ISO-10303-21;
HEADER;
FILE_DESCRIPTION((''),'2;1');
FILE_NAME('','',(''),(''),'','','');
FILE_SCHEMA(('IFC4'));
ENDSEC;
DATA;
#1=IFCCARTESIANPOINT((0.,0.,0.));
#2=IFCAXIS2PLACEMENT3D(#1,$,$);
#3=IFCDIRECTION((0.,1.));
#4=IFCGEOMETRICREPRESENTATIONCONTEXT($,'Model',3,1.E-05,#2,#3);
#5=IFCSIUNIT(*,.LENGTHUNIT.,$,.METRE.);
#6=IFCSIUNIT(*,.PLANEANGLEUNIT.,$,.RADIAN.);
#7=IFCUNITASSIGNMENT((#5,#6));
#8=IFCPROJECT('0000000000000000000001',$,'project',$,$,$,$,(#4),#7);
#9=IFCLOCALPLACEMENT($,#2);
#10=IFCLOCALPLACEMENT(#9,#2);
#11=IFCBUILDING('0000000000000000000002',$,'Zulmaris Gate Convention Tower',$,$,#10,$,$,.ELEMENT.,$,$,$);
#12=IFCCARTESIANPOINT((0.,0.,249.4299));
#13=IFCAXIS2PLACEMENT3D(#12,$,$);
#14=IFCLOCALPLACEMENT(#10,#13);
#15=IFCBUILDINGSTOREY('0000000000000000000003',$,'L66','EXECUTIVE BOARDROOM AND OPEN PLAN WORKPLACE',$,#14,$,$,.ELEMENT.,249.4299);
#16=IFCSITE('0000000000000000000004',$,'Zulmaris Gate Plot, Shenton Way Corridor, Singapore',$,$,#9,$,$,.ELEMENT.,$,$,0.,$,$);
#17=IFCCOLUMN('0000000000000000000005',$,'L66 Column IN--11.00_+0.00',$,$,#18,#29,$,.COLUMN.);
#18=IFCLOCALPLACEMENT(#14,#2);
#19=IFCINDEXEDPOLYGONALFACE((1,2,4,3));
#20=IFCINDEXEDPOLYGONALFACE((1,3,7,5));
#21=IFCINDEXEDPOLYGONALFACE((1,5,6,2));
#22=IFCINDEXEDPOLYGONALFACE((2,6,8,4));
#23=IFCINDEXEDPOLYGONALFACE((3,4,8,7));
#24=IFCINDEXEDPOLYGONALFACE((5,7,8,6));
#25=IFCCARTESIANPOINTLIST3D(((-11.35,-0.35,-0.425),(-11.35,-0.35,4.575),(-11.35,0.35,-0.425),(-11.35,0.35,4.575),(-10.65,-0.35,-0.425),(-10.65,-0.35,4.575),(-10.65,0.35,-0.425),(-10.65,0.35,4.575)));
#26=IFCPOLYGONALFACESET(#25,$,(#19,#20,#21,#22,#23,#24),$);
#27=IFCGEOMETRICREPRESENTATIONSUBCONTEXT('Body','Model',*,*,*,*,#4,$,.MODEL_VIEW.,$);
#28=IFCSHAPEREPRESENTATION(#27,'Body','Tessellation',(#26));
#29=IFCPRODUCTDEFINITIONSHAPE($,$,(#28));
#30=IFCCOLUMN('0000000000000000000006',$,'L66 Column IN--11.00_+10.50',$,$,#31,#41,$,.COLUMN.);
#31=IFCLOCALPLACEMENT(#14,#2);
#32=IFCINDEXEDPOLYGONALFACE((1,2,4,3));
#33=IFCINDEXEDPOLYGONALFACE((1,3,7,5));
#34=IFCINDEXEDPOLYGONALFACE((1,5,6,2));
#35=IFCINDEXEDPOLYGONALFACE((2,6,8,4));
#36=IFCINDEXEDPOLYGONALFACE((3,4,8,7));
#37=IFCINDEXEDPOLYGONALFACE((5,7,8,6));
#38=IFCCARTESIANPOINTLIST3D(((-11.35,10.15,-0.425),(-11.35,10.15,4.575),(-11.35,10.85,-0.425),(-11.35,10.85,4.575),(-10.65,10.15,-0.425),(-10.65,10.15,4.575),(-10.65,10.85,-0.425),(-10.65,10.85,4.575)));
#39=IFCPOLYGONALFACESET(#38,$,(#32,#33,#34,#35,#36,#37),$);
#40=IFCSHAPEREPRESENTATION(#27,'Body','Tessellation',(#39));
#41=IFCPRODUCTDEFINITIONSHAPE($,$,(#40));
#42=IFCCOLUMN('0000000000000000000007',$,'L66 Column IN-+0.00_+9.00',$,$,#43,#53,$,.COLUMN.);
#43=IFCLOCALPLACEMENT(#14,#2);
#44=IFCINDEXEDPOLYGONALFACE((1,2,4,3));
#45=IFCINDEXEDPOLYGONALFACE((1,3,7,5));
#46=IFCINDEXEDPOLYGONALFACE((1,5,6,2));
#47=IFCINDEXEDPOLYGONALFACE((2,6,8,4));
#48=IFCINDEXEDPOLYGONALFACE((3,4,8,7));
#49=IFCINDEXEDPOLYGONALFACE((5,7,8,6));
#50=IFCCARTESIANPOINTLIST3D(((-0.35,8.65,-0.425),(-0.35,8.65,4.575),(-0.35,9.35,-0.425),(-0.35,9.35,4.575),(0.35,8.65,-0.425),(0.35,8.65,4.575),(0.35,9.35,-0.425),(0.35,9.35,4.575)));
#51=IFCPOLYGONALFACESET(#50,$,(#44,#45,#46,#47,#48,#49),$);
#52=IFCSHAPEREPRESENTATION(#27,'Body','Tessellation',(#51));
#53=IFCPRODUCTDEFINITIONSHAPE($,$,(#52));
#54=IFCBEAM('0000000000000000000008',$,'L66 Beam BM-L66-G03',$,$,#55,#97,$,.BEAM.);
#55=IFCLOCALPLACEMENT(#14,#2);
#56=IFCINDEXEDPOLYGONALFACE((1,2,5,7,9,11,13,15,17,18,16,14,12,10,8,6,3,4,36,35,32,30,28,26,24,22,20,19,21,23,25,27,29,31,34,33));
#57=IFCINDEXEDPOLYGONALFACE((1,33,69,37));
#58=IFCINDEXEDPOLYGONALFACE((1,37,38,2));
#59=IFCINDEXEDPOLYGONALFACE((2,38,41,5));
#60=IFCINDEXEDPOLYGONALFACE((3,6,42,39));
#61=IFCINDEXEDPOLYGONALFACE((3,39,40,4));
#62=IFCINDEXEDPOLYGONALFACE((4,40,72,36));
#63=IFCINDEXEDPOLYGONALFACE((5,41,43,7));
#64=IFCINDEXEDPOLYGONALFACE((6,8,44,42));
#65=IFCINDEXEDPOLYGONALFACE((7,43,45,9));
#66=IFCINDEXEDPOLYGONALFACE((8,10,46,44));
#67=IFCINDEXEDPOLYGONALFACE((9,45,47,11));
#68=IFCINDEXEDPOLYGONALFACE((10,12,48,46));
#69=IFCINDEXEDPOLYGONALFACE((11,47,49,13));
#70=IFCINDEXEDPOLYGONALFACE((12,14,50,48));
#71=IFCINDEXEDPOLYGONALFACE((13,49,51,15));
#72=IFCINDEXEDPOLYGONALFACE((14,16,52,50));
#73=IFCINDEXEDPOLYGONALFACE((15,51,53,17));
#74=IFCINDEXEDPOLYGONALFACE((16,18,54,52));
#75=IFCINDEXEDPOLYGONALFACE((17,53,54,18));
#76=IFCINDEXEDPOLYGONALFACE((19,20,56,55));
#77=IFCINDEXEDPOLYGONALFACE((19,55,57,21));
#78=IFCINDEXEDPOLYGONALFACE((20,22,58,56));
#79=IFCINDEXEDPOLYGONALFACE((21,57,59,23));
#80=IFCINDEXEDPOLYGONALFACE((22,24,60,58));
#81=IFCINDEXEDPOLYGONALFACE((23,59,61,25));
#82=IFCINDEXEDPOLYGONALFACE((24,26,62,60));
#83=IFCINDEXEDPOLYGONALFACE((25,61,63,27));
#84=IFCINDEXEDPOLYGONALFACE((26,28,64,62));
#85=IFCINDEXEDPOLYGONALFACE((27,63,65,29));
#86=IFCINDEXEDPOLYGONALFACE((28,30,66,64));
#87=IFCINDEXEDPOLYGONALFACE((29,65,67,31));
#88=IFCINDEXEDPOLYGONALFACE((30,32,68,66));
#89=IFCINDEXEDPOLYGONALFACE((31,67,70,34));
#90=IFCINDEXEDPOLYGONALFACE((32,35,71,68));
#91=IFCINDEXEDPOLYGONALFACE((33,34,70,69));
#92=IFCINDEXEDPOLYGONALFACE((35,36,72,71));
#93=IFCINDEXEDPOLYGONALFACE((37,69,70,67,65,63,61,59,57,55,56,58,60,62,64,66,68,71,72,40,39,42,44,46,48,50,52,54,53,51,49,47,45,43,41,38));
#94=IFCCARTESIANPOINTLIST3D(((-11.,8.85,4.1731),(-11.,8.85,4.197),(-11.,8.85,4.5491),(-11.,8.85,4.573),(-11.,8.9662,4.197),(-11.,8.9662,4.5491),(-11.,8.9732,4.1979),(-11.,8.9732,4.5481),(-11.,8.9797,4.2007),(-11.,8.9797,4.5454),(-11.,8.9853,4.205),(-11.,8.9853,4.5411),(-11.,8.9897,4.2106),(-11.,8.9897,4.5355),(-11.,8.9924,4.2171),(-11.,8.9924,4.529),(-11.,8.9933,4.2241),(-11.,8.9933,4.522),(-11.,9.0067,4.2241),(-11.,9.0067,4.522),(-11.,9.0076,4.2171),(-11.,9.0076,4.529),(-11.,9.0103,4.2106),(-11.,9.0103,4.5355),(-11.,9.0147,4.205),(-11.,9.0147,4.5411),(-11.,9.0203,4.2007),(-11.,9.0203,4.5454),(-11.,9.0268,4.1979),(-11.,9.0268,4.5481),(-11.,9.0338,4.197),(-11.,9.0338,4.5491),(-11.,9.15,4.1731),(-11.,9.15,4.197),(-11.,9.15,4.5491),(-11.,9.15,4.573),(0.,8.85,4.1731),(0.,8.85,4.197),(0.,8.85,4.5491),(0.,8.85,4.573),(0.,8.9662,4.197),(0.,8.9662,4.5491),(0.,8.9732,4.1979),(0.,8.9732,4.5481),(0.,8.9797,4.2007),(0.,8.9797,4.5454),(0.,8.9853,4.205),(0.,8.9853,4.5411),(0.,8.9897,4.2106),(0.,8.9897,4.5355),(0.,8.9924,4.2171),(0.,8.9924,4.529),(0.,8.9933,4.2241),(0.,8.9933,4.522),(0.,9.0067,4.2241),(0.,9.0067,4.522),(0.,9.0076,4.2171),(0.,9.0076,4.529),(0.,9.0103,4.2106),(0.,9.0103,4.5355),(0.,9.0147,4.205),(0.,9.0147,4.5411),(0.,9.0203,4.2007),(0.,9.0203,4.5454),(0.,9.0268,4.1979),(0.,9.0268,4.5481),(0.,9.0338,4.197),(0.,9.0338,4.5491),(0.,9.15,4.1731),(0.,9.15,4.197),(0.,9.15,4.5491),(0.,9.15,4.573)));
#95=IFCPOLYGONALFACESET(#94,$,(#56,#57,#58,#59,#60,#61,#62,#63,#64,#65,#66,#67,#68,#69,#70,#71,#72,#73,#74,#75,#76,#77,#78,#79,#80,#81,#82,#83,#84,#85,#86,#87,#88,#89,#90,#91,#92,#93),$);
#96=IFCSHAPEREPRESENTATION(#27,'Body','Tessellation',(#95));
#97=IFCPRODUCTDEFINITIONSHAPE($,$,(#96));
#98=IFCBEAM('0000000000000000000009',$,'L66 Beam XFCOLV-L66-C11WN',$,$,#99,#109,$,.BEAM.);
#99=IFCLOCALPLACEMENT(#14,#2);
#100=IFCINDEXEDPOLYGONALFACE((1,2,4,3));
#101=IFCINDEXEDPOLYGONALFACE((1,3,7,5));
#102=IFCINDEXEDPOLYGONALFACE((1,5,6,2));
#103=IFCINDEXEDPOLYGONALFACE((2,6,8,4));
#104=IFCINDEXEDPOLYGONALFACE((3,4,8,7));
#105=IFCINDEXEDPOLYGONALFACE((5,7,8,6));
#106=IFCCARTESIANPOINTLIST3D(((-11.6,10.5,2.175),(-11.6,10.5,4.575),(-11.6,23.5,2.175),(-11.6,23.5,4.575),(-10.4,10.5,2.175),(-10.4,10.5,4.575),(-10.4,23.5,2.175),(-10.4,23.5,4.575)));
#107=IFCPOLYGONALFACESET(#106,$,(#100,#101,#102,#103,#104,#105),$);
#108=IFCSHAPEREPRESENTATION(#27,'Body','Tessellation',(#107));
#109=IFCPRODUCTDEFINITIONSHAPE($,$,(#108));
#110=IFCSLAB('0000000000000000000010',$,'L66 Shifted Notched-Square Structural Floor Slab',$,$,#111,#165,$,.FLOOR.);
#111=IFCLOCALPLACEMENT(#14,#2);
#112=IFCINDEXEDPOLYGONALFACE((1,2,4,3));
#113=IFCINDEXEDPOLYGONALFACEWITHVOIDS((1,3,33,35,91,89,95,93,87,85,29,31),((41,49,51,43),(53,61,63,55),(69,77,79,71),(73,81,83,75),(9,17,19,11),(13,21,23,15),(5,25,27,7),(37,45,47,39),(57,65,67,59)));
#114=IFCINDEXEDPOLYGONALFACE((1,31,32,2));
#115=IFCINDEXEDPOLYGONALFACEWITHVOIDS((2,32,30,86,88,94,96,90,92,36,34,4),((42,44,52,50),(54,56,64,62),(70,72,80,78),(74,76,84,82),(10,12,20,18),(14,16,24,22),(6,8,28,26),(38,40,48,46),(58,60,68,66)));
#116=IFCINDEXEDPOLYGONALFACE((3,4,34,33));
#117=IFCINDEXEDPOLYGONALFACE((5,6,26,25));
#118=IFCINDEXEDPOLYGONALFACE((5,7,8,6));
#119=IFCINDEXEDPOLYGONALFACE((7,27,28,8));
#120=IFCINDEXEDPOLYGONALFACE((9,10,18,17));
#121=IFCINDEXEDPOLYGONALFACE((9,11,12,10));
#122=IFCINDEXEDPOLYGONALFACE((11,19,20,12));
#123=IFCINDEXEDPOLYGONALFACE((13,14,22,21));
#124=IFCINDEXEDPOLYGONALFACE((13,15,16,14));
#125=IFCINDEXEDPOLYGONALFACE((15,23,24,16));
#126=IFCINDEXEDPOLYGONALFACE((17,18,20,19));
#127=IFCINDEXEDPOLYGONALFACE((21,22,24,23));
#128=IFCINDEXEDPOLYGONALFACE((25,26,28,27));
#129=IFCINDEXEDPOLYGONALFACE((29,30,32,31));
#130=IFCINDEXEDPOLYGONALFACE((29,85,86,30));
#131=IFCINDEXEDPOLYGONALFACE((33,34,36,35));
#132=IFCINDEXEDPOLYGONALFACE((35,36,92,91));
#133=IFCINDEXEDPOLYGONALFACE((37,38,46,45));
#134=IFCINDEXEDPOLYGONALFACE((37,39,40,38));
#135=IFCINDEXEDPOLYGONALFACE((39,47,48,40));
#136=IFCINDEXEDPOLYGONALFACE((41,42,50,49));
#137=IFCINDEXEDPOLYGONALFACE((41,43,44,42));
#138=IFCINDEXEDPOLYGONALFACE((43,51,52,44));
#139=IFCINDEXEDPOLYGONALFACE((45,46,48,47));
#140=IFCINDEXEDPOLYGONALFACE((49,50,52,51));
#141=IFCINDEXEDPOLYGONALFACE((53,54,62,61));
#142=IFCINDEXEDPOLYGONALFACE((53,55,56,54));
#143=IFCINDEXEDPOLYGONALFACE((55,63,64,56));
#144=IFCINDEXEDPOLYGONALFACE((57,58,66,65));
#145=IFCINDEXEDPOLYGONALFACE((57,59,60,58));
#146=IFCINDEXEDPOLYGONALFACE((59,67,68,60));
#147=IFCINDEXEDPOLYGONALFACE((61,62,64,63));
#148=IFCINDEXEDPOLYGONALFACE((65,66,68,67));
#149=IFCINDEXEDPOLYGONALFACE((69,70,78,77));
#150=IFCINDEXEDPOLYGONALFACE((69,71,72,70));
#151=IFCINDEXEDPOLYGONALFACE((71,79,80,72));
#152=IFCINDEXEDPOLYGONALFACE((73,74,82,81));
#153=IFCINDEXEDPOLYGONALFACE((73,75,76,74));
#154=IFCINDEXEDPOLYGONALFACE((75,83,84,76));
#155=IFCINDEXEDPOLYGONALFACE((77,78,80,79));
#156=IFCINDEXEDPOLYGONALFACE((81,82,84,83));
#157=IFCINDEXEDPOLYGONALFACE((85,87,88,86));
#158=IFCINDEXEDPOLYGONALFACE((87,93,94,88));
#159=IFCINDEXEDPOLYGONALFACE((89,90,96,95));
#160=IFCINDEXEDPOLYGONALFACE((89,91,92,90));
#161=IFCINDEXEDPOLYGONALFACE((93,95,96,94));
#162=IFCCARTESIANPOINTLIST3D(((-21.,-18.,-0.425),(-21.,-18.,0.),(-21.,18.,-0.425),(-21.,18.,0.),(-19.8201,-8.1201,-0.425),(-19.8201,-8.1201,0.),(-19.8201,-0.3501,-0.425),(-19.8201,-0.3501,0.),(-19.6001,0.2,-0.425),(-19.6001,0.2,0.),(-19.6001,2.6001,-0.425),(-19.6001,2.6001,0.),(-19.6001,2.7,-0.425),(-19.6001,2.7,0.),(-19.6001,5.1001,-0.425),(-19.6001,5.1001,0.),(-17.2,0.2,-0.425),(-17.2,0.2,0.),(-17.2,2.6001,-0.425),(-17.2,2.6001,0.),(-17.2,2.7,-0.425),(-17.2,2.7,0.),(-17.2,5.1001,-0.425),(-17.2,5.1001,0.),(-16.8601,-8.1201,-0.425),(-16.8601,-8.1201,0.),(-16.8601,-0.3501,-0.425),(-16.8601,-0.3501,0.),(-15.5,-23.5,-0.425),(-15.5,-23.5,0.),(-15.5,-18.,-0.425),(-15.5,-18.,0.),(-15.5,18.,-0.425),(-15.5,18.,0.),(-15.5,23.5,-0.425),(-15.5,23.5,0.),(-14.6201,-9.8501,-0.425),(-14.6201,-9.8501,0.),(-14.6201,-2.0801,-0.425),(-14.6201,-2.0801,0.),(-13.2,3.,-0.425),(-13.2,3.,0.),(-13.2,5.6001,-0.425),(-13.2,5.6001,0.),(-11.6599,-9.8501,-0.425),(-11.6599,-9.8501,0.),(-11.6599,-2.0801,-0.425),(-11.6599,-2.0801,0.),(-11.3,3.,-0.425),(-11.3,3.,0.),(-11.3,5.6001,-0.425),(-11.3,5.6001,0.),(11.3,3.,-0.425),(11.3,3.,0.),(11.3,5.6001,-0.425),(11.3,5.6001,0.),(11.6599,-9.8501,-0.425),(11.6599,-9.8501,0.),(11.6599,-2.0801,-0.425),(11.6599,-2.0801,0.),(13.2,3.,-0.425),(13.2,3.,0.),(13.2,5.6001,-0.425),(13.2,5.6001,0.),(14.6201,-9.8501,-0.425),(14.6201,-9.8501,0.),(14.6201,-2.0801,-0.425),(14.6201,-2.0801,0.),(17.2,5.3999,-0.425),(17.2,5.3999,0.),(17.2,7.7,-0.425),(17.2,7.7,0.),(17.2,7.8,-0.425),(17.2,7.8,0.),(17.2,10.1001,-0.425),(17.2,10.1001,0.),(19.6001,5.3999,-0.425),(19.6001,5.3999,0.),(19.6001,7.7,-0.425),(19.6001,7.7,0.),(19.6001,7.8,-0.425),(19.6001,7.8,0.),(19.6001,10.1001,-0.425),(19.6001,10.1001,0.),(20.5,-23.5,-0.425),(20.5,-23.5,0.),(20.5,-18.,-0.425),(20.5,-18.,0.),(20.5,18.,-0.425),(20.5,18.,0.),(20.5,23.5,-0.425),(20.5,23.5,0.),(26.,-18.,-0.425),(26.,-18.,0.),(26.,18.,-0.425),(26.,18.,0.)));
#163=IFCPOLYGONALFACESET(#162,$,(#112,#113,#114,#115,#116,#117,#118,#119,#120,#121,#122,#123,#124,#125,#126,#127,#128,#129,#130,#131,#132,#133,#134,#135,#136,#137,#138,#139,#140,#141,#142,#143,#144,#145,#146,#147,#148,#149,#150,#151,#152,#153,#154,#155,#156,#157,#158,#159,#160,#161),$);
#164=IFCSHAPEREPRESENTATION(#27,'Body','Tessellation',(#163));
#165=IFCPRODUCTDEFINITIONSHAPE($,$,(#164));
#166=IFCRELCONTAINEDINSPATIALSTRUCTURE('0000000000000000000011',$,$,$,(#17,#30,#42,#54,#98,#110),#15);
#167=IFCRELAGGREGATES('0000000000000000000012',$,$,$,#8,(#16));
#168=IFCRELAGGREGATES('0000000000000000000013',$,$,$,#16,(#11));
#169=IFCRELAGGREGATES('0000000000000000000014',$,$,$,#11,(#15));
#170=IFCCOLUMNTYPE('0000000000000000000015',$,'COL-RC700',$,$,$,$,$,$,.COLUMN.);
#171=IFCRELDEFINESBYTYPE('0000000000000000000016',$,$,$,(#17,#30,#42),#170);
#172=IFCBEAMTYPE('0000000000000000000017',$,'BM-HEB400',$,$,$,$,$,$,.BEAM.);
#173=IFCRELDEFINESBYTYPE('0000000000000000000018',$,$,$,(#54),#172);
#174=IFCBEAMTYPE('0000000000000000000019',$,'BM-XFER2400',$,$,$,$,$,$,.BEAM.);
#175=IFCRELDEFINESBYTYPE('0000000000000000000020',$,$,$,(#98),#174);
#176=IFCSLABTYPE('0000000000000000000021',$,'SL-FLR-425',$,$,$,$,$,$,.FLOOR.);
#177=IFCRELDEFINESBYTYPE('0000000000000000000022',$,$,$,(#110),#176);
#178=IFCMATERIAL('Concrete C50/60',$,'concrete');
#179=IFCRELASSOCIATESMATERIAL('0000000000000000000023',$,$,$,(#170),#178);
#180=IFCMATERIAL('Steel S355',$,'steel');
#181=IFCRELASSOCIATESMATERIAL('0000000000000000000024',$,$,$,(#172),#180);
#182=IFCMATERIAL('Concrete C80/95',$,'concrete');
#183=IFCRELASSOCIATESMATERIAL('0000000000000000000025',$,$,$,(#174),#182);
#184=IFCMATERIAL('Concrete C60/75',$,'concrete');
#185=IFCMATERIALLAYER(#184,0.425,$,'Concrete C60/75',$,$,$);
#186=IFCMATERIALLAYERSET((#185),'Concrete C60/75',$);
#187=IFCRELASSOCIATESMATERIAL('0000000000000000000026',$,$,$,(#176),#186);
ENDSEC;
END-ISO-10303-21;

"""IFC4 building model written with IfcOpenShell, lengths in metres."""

from ifc_helpers import new_model, si_unit, direction, frame, origin, origin_2d, place, context, subcontext, project, spatial, polyline, rectangle, i_section, outline, extrude, material, layer, layer_set, material_profile, profile_set, type_object, element, save


model = new_model("IFC4")

# Units and contexts
model_context = context("Model", 3, precision=1e-05, world=origin(), true_north=direction((0.0, 1.0)))
body_context = subcontext(model_context, "Body", "Model", "MODEL_VIEW")
ifc_project = project(units=[si_unit("LENGTHUNIT", "METRE"), si_unit("PLANEANGLEUNIT", "RADIAN")], contexts=[model_context])

# Site, building, storey
site_placement = place(None, origin())
site = spatial("IfcSite", under=ifc_project, at=site_placement, Name="Zulmaris Gate Plot, Shenton Way Corridor, Singapore", CompositionType="ELEMENT", RefElevation=0.0)
building_placement = place(site_placement, origin())
building = spatial("IfcBuilding", under=site, at=building_placement, Name="Zulmaris Gate Convention Tower", CompositionType="ELEMENT")
storey_placement = place(building_placement, frame((0.0, 0.0, 249.4299)))
storey = spatial("IfcBuildingStorey", under=building, at=storey_placement, Name="L66", Description="EXECUTIVE BOARDROOM AND OPEN PLAN WORKPLACE", CompositionType="ELEMENT", Elevation=249.4299)

# Columns
ifc_material_1 = material(Name="Concrete C50/60", Category="concrete")
ifc_material_profile_1 = material_profile(ifc_material_1, rectangle(XDim=0.7, YDim=0.7, at=origin_2d()), Name="RC COL 700x700")
ifc_profile_set_1 = profile_set([ifc_material_profile_1], Name="Concrete C50/60")
column_type = type_object("IfcColumnType", Name="COL-RC700", PredefinedType="COLUMN", material=ifc_profile_set_1)
for number, where, z_axis, x_axis, name in (
    (1, (-11.0, 0.0, -0.425), (0.0, 0.0, 1.0), (1.0, 0.0, 0.0), "L66 Column IN--11.00_+0.00"),
    (2, (-11.0, 10.5, -0.425), (0.0, 0.0, 1.0), (1.0, 0.0, 0.0), "L66 Column IN--11.00_+10.50"),
    (3, (0.0, 9.0, -0.425), (0.0, 0.0, 1.0), (1.0, 0.0, 0.0), "L66 Column IN-+0.00_+9.00"),
):
    element("IfcColumn", number, at=place(storey_placement, frame(where, z_axis=z_axis, x_axis=x_axis)), inside=storey, type_object=column_type, Name=name, PredefinedType="COLUMN", context=body_context, shape_type="SweptSolid", body=[
        extrude(rectangle(XDim=0.7, YDim=0.7, at=origin_2d()), origin(), (0.0, 0.0, 1.0), 5.0),
    ])

# Beams
ifc_material_2 = material(Name="Steel S355", Category="steel")
ifc_material_profile_2 = material_profile(ifc_material_2, i_section(OverallWidth=0.3, OverallDepth=0.3999, WebThickness=0.0134, FlangeThickness=0.0239, FilletRadius=0.0271, at=origin_2d()), Name="HEB 400")
ifc_profile_set_2 = profile_set([ifc_material_profile_2], Name="Steel S355")
beam_type_1 = type_object("IfcBeamType", Name="BM-HEB400", PredefinedType="BEAM", material=ifc_profile_set_2)
beam_1_placement = place(storey_placement, frame((-11.0, 9.0, 4.373), z_axis=(1.0, 0.0, 0.0), x_axis=(0.0, 1.0, 0.0)))
element("IfcBeam", 4, at=beam_1_placement, inside=storey, type_object=beam_type_1, Name="L66 Beam BM-L66-G03", PredefinedType="BEAM", context=body_context, shape_type="SweptSolid", body=[
    extrude(i_section(OverallWidth=0.3, OverallDepth=0.3999, WebThickness=0.0134, FlangeThickness=0.0239, FilletRadius=0.0271, at=origin_2d()), origin(), (0.0, 0.0, 1.0), 11.0),
])
ifc_material_3 = material(Name="Concrete C80/95", Category="concrete")
ifc_material_profile_3 = material_profile(ifc_material_3, rectangle(XDim=1.2, YDim=2.3999, at=origin_2d()), Name="RC TRANSFER 1200x2400")
ifc_profile_set_3 = profile_set([ifc_material_profile_3], Name="Concrete C80/95")
beam_type_2 = type_object("IfcBeamType", Name="BM-XFER2400", PredefinedType="BEAM", material=ifc_profile_set_3)
beam_2_placement = place(storey_placement, frame((-11.0, 10.5, 3.375), z_axis=(0.0, 1.0, 0.0), x_axis=(-1.0, 0.0, 0.0)))
element("IfcBeam", 5, at=beam_2_placement, inside=storey, type_object=beam_type_2, Name="L66 Beam XFCOLV-L66-C11WN", PredefinedType="BEAM", context=body_context, shape_type="SweptSolid", body=[
    extrude(rectangle(XDim=1.2, YDim=2.3999, at=origin_2d()), origin(), (0.0, 0.0, 1.0), 13.0),
])

# Slab
ifc_material_4 = material(Name="Concrete C60/75", Category="concrete")
ifc_layer_1 = layer(ifc_material_4, 0.425, Name="Concrete C60/75")
ifc_layer_set_1 = layer_set([ifc_layer_1], Name="Concrete C60/75")
slab_type = type_object("IfcSlabType", Name="SL-FLR-425", PredefinedType="FLOOR", material=ifc_layer_set_1)
slab_placement = place(storey_placement, frame((0.0, 0.0, -0.425)))
element("IfcSlab", 6, at=slab_placement, inside=storey, type_object=slab_type, Name="L66 Shifted Notched-Square Structural Floor Slab", PredefinedType="FLOOR", context=body_context, shape_type="SweptSolid", body=[
    extrude(outline(polyline([(-15.5, -23.5), (20.5, -23.5), (20.5, -18.0), (26.0, -18.0), (26.0, 18.0), (20.5, 18.0), (20.5, 23.5), (-15.5, 23.5), (-15.5, 18.0), (-21.0, 18.0), (-21.0, -18.0), (-15.5, -18.0), (-15.5, -23.5)]), holes=[polyline([(-14.6201, -2.0801), (-14.6201, -9.8501), (-11.6599, -9.8501), (-11.6599, -2.0801), (-14.6201, -2.0801)]), polyline([(11.6599, -2.0801), (11.6599, -9.8501), (14.6201, -9.8501), (14.6201, -2.0801), (11.6599, -2.0801)]), polyline([(-16.8601, -8.1201), (-16.8601, -0.3501), (-19.8201, -0.3501), (-19.8201, -8.1201), (-16.8601, -8.1201)]), polyline([(-13.2, 3.0), (-11.3, 3.0), (-11.3, 5.6001), (-13.2, 5.6001), (-13.2, 3.0)]), polyline([(11.3, 3.0), (13.2, 3.0), (13.2, 5.6001), (11.3, 5.6001), (11.3, 3.0)]), polyline([(17.2, 5.3999), (19.6001, 5.3999), (19.6001, 7.7), (17.2, 7.7), (17.2, 5.3999)]), polyline([(17.2, 7.8), (19.6001, 7.8), (19.6001, 10.1001), (17.2, 10.1001), (17.2, 7.8)]), polyline([(-19.6001, 0.2), (-17.2, 0.2), (-17.2, 2.6001), (-19.6001, 2.6001), (-19.6001, 0.2)]), polyline([(-19.6001, 2.7), (-17.2, 2.7), (-17.2, 5.1001), (-19.6001, 5.1001), (-19.6001, 2.7)])]), origin(), (0.0, 0.0, 1.0), 0.425),
])

save(model, "model.ifc")
